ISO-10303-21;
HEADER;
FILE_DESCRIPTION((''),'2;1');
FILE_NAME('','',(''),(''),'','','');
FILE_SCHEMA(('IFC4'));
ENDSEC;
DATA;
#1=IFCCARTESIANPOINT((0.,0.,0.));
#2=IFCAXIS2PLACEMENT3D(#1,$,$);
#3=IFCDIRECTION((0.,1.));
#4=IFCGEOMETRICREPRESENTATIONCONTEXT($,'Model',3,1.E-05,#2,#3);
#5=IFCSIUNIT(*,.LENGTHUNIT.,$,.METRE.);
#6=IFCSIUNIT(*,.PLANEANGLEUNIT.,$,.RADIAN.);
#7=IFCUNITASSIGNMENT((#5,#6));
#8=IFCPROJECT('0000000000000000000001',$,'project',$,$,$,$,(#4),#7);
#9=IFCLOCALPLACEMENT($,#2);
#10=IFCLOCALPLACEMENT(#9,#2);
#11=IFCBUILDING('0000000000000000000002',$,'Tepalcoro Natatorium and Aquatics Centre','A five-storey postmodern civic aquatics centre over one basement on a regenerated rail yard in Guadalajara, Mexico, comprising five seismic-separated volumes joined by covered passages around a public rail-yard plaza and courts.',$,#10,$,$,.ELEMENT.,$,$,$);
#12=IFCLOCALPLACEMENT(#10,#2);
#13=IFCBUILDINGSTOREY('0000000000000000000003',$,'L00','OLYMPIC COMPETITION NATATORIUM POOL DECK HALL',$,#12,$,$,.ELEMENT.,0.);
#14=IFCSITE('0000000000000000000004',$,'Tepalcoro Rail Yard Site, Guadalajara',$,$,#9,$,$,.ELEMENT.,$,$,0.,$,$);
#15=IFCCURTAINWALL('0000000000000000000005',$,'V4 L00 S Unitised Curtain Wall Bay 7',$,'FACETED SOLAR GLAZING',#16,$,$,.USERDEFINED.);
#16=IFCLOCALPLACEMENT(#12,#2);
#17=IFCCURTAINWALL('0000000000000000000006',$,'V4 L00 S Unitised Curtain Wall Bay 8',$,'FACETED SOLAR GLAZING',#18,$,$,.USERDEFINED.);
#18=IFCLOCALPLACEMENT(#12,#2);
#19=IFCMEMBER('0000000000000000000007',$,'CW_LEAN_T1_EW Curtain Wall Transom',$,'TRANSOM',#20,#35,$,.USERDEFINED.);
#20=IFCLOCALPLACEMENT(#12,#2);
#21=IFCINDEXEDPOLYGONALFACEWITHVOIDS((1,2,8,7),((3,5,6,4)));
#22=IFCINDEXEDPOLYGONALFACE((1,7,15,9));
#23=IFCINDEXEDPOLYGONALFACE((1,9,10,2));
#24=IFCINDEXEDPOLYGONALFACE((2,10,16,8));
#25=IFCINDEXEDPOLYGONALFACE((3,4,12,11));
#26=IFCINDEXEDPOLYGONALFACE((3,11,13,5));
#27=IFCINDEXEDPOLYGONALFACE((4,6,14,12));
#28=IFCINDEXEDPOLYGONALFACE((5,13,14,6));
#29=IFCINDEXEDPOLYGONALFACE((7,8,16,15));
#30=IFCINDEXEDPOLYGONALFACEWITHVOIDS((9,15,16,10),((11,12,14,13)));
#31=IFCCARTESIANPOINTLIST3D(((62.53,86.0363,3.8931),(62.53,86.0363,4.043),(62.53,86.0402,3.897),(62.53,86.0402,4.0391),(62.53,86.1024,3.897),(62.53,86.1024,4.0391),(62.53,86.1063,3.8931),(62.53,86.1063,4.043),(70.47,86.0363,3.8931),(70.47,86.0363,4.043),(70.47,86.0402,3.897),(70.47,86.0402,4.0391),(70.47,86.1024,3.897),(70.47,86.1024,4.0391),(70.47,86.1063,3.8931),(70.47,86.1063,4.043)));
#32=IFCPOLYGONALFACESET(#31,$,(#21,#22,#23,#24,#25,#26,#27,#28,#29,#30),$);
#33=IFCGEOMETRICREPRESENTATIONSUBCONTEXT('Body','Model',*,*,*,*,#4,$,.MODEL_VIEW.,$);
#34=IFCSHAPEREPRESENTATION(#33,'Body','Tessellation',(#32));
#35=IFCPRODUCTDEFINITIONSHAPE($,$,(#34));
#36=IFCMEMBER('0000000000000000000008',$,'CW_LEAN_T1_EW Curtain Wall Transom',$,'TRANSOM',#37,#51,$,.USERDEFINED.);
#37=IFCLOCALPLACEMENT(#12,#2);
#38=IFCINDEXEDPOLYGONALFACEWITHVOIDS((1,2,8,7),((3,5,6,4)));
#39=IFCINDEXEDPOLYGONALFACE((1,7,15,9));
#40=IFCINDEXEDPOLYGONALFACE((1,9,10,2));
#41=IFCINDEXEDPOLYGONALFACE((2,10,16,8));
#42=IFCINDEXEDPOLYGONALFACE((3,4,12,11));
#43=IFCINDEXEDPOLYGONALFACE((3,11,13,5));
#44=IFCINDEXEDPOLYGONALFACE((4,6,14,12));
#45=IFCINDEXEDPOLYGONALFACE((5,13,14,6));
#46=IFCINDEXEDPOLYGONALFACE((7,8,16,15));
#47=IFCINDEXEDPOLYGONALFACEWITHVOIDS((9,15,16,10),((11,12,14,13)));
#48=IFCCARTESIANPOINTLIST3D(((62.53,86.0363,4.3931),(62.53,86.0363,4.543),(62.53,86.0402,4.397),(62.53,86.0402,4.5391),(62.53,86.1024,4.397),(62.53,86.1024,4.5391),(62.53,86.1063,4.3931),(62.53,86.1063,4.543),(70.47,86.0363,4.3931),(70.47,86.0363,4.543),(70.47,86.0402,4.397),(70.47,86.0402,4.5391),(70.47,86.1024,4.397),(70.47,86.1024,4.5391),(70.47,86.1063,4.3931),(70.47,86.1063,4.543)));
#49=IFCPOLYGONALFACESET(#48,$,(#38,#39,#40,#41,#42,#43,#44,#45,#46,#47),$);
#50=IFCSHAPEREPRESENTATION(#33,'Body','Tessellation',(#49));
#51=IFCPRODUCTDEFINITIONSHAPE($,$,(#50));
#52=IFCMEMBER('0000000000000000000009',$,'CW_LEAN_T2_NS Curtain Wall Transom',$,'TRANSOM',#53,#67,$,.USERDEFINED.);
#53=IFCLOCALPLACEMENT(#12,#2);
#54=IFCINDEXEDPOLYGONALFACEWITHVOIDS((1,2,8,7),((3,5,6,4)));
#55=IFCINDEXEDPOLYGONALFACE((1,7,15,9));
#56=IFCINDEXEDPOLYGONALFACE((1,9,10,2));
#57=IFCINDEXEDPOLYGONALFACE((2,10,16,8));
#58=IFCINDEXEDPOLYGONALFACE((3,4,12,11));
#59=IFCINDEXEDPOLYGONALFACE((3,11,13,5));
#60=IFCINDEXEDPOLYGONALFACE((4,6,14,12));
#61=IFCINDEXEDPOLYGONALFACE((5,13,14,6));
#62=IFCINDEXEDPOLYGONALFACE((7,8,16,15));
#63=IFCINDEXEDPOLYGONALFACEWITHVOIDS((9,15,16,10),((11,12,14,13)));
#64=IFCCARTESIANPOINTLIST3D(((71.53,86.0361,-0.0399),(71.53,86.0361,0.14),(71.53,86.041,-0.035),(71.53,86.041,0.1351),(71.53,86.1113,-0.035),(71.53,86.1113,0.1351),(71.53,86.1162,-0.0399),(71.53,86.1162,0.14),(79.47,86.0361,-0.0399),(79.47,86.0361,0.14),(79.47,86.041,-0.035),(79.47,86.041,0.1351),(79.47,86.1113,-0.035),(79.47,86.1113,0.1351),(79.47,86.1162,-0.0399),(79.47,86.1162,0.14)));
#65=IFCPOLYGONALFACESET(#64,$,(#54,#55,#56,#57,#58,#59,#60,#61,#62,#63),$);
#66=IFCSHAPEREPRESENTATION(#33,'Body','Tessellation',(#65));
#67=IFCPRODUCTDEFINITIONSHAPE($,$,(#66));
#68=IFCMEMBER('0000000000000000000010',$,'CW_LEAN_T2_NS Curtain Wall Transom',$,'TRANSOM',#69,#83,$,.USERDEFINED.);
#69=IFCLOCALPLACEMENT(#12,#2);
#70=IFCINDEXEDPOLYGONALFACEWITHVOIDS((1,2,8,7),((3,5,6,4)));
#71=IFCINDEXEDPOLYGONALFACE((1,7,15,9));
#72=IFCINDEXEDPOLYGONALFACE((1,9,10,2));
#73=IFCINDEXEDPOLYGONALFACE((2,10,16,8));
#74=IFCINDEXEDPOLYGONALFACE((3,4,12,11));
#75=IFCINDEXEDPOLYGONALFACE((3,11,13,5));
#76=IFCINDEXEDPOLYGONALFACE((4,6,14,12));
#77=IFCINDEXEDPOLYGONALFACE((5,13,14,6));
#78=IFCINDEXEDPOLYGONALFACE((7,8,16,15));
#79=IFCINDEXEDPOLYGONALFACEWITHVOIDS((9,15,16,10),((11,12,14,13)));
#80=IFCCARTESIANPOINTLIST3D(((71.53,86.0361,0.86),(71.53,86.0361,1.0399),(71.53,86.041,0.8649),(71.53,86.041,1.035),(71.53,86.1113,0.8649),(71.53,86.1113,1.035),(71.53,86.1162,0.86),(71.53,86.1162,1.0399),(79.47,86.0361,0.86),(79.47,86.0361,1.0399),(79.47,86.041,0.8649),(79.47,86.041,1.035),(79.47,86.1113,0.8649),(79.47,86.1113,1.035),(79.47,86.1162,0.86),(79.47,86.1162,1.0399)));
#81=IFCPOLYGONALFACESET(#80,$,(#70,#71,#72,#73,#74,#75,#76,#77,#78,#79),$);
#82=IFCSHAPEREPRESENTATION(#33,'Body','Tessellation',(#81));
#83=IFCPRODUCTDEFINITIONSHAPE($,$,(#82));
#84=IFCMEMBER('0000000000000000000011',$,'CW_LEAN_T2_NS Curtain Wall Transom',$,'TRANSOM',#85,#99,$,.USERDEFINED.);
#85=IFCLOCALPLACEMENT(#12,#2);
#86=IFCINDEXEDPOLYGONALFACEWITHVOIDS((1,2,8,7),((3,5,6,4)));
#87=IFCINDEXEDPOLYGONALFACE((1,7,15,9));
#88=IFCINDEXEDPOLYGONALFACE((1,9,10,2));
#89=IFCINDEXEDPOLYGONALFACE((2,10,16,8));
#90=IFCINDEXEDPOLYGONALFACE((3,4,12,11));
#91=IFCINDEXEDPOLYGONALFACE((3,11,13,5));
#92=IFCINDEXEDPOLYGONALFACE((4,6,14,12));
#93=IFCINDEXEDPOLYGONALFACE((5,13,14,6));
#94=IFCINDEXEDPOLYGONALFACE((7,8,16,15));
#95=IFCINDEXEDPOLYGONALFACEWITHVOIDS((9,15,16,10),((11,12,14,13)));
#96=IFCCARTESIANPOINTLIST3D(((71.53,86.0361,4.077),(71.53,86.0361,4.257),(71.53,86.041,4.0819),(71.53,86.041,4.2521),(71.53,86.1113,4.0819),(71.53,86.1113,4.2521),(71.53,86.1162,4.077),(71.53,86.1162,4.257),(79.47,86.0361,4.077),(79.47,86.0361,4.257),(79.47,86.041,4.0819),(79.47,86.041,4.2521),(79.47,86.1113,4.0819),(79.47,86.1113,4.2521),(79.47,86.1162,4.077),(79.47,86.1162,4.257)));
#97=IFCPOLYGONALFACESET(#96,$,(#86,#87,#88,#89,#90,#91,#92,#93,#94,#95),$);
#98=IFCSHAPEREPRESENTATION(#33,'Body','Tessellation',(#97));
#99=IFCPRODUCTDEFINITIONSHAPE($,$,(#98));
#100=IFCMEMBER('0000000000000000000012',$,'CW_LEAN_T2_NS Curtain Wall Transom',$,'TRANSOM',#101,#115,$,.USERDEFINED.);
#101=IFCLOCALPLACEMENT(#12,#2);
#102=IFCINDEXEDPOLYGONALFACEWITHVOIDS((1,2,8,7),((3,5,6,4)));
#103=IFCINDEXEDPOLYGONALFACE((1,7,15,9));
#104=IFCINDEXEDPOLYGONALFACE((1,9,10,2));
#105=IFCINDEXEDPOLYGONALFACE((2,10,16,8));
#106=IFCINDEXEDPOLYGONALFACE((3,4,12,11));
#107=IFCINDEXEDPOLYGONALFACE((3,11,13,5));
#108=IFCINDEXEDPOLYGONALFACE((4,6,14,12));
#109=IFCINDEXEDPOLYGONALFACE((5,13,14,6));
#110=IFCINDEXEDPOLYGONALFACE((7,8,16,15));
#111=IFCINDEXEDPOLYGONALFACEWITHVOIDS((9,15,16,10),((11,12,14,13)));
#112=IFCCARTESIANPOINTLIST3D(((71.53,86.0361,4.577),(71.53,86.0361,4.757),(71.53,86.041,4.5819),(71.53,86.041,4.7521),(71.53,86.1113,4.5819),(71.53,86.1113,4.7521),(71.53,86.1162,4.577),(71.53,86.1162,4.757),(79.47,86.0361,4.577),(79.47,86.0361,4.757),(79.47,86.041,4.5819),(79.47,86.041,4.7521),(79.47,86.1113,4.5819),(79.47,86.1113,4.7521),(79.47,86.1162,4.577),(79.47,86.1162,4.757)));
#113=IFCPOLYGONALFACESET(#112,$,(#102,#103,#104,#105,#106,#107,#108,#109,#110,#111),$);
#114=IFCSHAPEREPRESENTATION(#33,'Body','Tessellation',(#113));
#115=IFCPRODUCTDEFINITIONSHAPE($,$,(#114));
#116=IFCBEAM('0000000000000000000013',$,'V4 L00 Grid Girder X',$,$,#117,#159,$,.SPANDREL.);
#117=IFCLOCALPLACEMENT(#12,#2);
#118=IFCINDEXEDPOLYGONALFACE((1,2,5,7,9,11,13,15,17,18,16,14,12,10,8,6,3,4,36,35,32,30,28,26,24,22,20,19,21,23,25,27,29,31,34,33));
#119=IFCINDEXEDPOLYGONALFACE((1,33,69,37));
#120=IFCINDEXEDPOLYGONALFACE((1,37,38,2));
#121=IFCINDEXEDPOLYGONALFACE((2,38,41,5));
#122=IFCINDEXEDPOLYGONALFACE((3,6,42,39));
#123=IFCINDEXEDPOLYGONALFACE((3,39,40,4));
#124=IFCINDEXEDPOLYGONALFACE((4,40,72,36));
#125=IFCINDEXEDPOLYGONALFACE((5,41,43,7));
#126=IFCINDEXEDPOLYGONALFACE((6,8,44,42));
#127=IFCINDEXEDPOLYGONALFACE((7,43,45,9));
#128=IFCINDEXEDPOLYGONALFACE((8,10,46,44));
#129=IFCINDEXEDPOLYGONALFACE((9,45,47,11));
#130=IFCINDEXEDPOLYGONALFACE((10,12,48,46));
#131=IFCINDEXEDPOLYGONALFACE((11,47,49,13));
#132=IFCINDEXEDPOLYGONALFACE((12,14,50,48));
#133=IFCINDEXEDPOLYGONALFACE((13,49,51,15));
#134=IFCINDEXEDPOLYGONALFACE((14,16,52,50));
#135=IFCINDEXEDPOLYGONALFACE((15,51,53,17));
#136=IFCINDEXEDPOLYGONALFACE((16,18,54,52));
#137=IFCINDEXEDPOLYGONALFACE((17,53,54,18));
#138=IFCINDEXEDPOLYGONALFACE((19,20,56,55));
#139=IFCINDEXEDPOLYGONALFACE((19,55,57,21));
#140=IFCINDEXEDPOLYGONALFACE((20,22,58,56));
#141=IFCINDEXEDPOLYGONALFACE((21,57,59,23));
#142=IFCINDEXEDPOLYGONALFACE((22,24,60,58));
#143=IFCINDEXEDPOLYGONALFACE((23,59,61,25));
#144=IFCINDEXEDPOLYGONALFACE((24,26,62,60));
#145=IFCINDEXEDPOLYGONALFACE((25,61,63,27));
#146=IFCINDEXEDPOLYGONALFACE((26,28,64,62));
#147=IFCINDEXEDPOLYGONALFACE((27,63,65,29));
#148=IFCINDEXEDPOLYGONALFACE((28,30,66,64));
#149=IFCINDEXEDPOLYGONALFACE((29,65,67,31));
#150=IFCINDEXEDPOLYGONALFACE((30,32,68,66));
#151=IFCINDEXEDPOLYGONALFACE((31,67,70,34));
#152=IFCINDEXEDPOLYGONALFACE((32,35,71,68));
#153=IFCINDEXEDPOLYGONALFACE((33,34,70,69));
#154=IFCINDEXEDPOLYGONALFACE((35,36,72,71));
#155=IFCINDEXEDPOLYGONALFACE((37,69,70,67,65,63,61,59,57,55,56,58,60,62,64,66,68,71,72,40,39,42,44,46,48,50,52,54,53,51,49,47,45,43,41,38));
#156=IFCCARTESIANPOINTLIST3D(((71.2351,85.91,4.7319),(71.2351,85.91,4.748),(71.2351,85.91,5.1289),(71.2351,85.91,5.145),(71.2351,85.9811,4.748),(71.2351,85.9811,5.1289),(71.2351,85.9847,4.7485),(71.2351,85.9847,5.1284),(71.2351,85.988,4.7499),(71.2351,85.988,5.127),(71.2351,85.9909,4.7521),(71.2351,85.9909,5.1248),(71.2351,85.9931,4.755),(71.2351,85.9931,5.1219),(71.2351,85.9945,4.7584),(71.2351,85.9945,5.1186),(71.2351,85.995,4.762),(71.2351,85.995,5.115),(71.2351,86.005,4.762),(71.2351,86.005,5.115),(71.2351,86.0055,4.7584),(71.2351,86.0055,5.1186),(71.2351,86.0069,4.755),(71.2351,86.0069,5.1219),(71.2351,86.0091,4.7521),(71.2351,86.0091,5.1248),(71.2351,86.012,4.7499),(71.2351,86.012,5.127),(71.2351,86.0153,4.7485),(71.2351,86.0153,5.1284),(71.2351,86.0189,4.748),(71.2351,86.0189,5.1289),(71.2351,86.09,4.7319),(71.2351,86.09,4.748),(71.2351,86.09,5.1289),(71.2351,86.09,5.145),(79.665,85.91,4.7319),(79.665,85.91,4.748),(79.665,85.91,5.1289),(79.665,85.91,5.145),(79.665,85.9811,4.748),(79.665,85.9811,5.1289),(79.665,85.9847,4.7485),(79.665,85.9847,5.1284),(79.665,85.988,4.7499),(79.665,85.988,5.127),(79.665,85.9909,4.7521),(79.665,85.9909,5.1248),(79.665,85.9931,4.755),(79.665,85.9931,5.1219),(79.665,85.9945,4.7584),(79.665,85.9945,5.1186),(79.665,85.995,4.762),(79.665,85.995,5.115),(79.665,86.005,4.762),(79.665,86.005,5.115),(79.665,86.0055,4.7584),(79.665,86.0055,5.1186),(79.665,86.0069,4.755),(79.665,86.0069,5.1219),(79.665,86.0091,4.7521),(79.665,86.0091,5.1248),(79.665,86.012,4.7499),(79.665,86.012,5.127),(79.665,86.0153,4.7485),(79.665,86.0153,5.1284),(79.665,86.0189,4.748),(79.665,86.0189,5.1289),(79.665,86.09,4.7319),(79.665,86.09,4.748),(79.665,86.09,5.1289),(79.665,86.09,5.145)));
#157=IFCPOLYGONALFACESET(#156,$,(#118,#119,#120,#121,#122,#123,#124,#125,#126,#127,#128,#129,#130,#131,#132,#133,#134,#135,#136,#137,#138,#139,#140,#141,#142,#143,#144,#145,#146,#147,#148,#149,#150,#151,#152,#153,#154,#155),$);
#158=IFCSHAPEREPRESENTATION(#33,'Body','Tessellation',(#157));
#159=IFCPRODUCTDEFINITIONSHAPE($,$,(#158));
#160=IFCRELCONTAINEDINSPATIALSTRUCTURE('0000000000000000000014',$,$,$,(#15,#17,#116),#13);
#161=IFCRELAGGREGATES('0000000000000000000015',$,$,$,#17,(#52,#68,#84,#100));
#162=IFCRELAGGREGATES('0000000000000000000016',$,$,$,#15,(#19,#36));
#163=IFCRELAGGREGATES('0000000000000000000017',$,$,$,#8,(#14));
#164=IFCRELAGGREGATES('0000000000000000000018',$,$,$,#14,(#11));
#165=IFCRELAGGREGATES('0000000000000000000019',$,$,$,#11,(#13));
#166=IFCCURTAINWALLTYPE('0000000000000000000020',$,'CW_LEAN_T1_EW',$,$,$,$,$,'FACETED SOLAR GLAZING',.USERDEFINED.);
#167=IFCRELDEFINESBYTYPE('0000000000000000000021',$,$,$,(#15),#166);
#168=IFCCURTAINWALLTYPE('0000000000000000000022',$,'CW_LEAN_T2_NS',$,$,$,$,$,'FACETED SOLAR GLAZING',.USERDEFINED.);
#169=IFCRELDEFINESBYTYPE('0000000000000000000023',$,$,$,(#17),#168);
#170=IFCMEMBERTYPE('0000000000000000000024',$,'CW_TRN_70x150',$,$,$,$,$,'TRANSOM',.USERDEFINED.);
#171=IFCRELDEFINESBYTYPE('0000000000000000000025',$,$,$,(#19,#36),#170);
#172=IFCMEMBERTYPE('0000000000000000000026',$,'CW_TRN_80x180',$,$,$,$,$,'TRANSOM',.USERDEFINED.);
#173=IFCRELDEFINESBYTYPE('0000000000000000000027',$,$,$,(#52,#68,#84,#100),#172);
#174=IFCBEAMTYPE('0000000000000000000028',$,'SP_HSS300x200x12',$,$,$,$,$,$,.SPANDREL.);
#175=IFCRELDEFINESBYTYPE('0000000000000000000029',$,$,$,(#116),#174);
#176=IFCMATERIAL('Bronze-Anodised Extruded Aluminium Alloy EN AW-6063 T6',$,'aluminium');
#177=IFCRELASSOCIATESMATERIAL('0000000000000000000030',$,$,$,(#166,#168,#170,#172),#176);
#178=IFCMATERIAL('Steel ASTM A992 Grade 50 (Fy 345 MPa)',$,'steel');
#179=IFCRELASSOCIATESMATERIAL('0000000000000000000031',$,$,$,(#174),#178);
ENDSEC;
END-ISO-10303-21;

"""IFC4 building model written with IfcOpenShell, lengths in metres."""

from ifc_helpers import new_model, si_unit, direction, frame, origin, origin_2d, place, context, subcontext, project, spatial, hollow_rectangle, i_section, extrude, material, material_profile, profile_set, type_object, element, aggregate, save


model = new_model("IFC4")

# Units and contexts
model_context = context("Model", 3, precision=1e-05, world=origin(), true_north=direction((0.0, 1.0)))
body_context = subcontext(model_context, "Body", "Model", "MODEL_VIEW")
ifc_project = project(units=[si_unit("LENGTHUNIT", "METRE"), si_unit("PLANEANGLEUNIT", "RADIAN")], contexts=[model_context])

# Site, building, storey
site_placement = place(None, origin())
site = spatial("IfcSite", under=ifc_project, at=site_placement, Name="Tepalcoro Rail Yard Site, Guadalajara", CompositionType="ELEMENT", RefElevation=0.0)
building_placement = place(site_placement, origin())
building = spatial("IfcBuilding", under=site, at=building_placement, Name="Tepalcoro Natatorium and Aquatics Centre", Description="A five-storey postmodern civic aquatics centre over one basement on a regenerated rail yard in Guadalajara, Mexico, comprising five seismic-separated volumes joined by covered passages around a public rail-yard plaza and courts.", CompositionType="ELEMENT")
storey_placement = place(building_placement, origin())
storey = spatial("IfcBuildingStorey", under=building, at=storey_placement, Name="L00", Description="OLYMPIC COMPETITION NATATORIUM POOL DECK HALL", CompositionType="ELEMENT", Elevation=0.0)

# Curtain wall
ifc_material_1 = material(Name="Bronze-Anodised Extruded Aluminium Alloy EN AW-6063 T6", Category="aluminium")
curtain_wall_type_1 = type_object("IfcCurtainWallType", Name="CW_LEAN_T1_EW", ElementType="FACETED SOLAR GLAZING", PredefinedType="USERDEFINED", material=ifc_material_1)
curtain_wall_1_placement = place(storey_placement, origin())
curtain_wall_1 = element("IfcCurtainWall", 1, at=curtain_wall_1_placement, inside=storey, type_object=curtain_wall_type_1, Name="V4 L00 S Unitised Curtain Wall Bay 7", ObjectType="FACETED SOLAR GLAZING", PredefinedType="USERDEFINED")

# Curtain wall
curtain_wall_type_2 = type_object("IfcCurtainWallType", Name="CW_LEAN_T2_NS", ElementType="FACETED SOLAR GLAZING", PredefinedType="USERDEFINED", material=ifc_material_1)
curtain_wall_2_placement = place(storey_placement, origin())
curtain_wall_2 = element("IfcCurtainWall", 2, at=curtain_wall_2_placement, inside=storey, type_object=curtain_wall_type_2, Name="V4 L00 S Unitised Curtain Wall Bay 8", ObjectType="FACETED SOLAR GLAZING", PredefinedType="USERDEFINED")

# Members
ifc_material_profile_1 = material_profile(ifc_material_1, hollow_rectangle(XDim=0.0701, YDim=0.1499, WallThickness=0.0039, at=origin_2d()), Name="AL70X150X4")
ifc_profile_set_1 = profile_set([ifc_material_profile_1], Name="Bronze-Anodised Extruded Aluminium Alloy EN AW-6063 T6")
member_type_1 = type_object("IfcMemberType", Name="CW_TRN_70x150", ElementType="TRANSOM", PredefinedType="USERDEFINED", material=ifc_profile_set_1)
member_1_placement = place(storey_placement, frame((62.53, 86.0713, 3.968), z_axis=(1.0, 0.0, 0.0), x_axis=(0.0, 1.0, 0.0)))
member_1 = element("IfcMember", 3, at=member_1_placement, type_object=member_type_1, Name="CW_LEAN_T1_EW Curtain Wall Transom", ObjectType="TRANSOM", PredefinedType="USERDEFINED", context=body_context, shape_type="SweptSolid", body=[
    extrude(hollow_rectangle(XDim=0.0701, YDim=0.1499, WallThickness=0.0039, at=origin_2d()), origin(), (0.0, 0.0, 1.0), 7.9399),
])
member_2_placement = place(storey_placement, frame((62.53, 86.0713, 4.468), z_axis=(1.0, 0.0, 0.0), x_axis=(0.0, 1.0, 0.0)))
member_2 = element("IfcMember", 4, at=member_2_placement, type_object=member_type_1, Name="CW_LEAN_T1_EW Curtain Wall Transom", ObjectType="TRANSOM", PredefinedType="USERDEFINED", context=body_context, shape_type="SweptSolid", body=[
    extrude(hollow_rectangle(XDim=0.0701, YDim=0.1499, WallThickness=0.0039, at=origin_2d()), origin(), (0.0, 0.0, 1.0), 7.9399),
])
ifc_material_profile_2 = material_profile(ifc_material_1, hollow_rectangle(XDim=0.0801, YDim=0.1799, WallThickness=0.0049, at=origin_2d()), Name="AL80X180X5")
ifc_profile_set_2 = profile_set([ifc_material_profile_2], Name="Bronze-Anodised Extruded Aluminium Alloy EN AW-6063 T6")
member_type_2 = type_object("IfcMemberType", Name="CW_TRN_80x180", ElementType="TRANSOM", PredefinedType="USERDEFINED", material=ifc_profile_set_2)
member_3_placement = place(storey_placement, frame((71.53, 86.0762, 0.05), z_axis=(1.0, 0.0, 0.0), x_axis=(0.0, 1.0, 0.0)))
member_3 = element("IfcMember", 5, at=member_3_placement, type_object=member_type_2, Name="CW_LEAN_T2_NS Curtain Wall Transom", ObjectType="TRANSOM", PredefinedType="USERDEFINED", context=body_context, shape_type="SweptSolid", body=[
    extrude(hollow_rectangle(XDim=0.0801, YDim=0.1799, WallThickness=0.0049, at=origin_2d()), origin(), (0.0, 0.0, 1.0), 7.9399),
])
member_4_placement = place(storey_placement, frame((71.53, 86.0762, 0.95), z_axis=(1.0, 0.0, 0.0), x_axis=(0.0, 1.0, 0.0)))
member_4 = element("IfcMember", 6, at=member_4_placement, type_object=member_type_2, Name="CW_LEAN_T2_NS Curtain Wall Transom", ObjectType="TRANSOM", PredefinedType="USERDEFINED", context=body_context, shape_type="SweptSolid", body=[
    extrude(hollow_rectangle(XDim=0.0801, YDim=0.1799, WallThickness=0.0049, at=origin_2d()), origin(), (0.0, 0.0, 1.0), 7.9399),
])
member_5_placement = place(storey_placement, frame((71.53, 86.0762, 4.167), z_axis=(1.0, 0.0, 0.0), x_axis=(0.0, 1.0, 0.0)))
member_5 = element("IfcMember", 7, at=member_5_placement, type_object=member_type_2, Name="CW_LEAN_T2_NS Curtain Wall Transom", ObjectType="TRANSOM", PredefinedType="USERDEFINED", context=body_context, shape_type="SweptSolid", body=[
    extrude(hollow_rectangle(XDim=0.0801, YDim=0.1799, WallThickness=0.0049, at=origin_2d()), origin(), (0.0, 0.0, 1.0), 7.9399),
])
member_6_placement = place(storey_placement, frame((71.53, 86.0762, 4.667), z_axis=(1.0, 0.0, 0.0), x_axis=(0.0, 1.0, 0.0)))
member_6 = element("IfcMember", 8, at=member_6_placement, type_object=member_type_2, Name="CW_LEAN_T2_NS Curtain Wall Transom", ObjectType="TRANSOM", PredefinedType="USERDEFINED", context=body_context, shape_type="SweptSolid", body=[
    extrude(hollow_rectangle(XDim=0.0801, YDim=0.1799, WallThickness=0.0049, at=origin_2d()), origin(), (0.0, 0.0, 1.0), 7.9399),
])
aggregate(curtain_wall_2, [member_3, member_4, member_5, member_6])

# Beam
ifc_material_2 = material(Name="Steel ASTM A992 Grade 50 (Fy 345 MPa)", Category="steel")
ifc_material_profile_3 = material_profile(ifc_material_2, i_section(OverallWidth=0.1799, OverallDepth=0.4131, WebThickness=0.01, FlangeThickness=0.0161, FilletRadius=0.0139, at=origin_2d()), Name="W16X50")
ifc_profile_set_3 = profile_set([ifc_material_profile_3], Name="Steel ASTM A992 Grade 50 (Fy 345 MPa)")
beam_type_1 = type_object("IfcBeamType", Name="SP_HSS300x200x12", PredefinedType="SPANDREL", material=ifc_profile_set_3)
beam_1_placement = place(storey_placement, frame((71.2351, 86.0, 4.9385), z_axis=(1.0, 0.0, 0.0), x_axis=(0.0, 1.0, 0.0)))
element("IfcBeam", 9, at=beam_1_placement, inside=storey, type_object=beam_type_1, Name="V4 L00 Grid Girder X", PredefinedType="SPANDREL", context=body_context, shape_type="SweptSolid", body=[
    extrude(i_section(OverallWidth=0.1799, OverallDepth=0.4131, WebThickness=0.01, FlangeThickness=0.0161, FilletRadius=0.0139, at=origin_2d()), origin(), (0.0, 0.0, 1.0), 8.4299),
])

aggregate(curtain_wall_1, [member_1, member_2])

save(model, "model.ifc")
